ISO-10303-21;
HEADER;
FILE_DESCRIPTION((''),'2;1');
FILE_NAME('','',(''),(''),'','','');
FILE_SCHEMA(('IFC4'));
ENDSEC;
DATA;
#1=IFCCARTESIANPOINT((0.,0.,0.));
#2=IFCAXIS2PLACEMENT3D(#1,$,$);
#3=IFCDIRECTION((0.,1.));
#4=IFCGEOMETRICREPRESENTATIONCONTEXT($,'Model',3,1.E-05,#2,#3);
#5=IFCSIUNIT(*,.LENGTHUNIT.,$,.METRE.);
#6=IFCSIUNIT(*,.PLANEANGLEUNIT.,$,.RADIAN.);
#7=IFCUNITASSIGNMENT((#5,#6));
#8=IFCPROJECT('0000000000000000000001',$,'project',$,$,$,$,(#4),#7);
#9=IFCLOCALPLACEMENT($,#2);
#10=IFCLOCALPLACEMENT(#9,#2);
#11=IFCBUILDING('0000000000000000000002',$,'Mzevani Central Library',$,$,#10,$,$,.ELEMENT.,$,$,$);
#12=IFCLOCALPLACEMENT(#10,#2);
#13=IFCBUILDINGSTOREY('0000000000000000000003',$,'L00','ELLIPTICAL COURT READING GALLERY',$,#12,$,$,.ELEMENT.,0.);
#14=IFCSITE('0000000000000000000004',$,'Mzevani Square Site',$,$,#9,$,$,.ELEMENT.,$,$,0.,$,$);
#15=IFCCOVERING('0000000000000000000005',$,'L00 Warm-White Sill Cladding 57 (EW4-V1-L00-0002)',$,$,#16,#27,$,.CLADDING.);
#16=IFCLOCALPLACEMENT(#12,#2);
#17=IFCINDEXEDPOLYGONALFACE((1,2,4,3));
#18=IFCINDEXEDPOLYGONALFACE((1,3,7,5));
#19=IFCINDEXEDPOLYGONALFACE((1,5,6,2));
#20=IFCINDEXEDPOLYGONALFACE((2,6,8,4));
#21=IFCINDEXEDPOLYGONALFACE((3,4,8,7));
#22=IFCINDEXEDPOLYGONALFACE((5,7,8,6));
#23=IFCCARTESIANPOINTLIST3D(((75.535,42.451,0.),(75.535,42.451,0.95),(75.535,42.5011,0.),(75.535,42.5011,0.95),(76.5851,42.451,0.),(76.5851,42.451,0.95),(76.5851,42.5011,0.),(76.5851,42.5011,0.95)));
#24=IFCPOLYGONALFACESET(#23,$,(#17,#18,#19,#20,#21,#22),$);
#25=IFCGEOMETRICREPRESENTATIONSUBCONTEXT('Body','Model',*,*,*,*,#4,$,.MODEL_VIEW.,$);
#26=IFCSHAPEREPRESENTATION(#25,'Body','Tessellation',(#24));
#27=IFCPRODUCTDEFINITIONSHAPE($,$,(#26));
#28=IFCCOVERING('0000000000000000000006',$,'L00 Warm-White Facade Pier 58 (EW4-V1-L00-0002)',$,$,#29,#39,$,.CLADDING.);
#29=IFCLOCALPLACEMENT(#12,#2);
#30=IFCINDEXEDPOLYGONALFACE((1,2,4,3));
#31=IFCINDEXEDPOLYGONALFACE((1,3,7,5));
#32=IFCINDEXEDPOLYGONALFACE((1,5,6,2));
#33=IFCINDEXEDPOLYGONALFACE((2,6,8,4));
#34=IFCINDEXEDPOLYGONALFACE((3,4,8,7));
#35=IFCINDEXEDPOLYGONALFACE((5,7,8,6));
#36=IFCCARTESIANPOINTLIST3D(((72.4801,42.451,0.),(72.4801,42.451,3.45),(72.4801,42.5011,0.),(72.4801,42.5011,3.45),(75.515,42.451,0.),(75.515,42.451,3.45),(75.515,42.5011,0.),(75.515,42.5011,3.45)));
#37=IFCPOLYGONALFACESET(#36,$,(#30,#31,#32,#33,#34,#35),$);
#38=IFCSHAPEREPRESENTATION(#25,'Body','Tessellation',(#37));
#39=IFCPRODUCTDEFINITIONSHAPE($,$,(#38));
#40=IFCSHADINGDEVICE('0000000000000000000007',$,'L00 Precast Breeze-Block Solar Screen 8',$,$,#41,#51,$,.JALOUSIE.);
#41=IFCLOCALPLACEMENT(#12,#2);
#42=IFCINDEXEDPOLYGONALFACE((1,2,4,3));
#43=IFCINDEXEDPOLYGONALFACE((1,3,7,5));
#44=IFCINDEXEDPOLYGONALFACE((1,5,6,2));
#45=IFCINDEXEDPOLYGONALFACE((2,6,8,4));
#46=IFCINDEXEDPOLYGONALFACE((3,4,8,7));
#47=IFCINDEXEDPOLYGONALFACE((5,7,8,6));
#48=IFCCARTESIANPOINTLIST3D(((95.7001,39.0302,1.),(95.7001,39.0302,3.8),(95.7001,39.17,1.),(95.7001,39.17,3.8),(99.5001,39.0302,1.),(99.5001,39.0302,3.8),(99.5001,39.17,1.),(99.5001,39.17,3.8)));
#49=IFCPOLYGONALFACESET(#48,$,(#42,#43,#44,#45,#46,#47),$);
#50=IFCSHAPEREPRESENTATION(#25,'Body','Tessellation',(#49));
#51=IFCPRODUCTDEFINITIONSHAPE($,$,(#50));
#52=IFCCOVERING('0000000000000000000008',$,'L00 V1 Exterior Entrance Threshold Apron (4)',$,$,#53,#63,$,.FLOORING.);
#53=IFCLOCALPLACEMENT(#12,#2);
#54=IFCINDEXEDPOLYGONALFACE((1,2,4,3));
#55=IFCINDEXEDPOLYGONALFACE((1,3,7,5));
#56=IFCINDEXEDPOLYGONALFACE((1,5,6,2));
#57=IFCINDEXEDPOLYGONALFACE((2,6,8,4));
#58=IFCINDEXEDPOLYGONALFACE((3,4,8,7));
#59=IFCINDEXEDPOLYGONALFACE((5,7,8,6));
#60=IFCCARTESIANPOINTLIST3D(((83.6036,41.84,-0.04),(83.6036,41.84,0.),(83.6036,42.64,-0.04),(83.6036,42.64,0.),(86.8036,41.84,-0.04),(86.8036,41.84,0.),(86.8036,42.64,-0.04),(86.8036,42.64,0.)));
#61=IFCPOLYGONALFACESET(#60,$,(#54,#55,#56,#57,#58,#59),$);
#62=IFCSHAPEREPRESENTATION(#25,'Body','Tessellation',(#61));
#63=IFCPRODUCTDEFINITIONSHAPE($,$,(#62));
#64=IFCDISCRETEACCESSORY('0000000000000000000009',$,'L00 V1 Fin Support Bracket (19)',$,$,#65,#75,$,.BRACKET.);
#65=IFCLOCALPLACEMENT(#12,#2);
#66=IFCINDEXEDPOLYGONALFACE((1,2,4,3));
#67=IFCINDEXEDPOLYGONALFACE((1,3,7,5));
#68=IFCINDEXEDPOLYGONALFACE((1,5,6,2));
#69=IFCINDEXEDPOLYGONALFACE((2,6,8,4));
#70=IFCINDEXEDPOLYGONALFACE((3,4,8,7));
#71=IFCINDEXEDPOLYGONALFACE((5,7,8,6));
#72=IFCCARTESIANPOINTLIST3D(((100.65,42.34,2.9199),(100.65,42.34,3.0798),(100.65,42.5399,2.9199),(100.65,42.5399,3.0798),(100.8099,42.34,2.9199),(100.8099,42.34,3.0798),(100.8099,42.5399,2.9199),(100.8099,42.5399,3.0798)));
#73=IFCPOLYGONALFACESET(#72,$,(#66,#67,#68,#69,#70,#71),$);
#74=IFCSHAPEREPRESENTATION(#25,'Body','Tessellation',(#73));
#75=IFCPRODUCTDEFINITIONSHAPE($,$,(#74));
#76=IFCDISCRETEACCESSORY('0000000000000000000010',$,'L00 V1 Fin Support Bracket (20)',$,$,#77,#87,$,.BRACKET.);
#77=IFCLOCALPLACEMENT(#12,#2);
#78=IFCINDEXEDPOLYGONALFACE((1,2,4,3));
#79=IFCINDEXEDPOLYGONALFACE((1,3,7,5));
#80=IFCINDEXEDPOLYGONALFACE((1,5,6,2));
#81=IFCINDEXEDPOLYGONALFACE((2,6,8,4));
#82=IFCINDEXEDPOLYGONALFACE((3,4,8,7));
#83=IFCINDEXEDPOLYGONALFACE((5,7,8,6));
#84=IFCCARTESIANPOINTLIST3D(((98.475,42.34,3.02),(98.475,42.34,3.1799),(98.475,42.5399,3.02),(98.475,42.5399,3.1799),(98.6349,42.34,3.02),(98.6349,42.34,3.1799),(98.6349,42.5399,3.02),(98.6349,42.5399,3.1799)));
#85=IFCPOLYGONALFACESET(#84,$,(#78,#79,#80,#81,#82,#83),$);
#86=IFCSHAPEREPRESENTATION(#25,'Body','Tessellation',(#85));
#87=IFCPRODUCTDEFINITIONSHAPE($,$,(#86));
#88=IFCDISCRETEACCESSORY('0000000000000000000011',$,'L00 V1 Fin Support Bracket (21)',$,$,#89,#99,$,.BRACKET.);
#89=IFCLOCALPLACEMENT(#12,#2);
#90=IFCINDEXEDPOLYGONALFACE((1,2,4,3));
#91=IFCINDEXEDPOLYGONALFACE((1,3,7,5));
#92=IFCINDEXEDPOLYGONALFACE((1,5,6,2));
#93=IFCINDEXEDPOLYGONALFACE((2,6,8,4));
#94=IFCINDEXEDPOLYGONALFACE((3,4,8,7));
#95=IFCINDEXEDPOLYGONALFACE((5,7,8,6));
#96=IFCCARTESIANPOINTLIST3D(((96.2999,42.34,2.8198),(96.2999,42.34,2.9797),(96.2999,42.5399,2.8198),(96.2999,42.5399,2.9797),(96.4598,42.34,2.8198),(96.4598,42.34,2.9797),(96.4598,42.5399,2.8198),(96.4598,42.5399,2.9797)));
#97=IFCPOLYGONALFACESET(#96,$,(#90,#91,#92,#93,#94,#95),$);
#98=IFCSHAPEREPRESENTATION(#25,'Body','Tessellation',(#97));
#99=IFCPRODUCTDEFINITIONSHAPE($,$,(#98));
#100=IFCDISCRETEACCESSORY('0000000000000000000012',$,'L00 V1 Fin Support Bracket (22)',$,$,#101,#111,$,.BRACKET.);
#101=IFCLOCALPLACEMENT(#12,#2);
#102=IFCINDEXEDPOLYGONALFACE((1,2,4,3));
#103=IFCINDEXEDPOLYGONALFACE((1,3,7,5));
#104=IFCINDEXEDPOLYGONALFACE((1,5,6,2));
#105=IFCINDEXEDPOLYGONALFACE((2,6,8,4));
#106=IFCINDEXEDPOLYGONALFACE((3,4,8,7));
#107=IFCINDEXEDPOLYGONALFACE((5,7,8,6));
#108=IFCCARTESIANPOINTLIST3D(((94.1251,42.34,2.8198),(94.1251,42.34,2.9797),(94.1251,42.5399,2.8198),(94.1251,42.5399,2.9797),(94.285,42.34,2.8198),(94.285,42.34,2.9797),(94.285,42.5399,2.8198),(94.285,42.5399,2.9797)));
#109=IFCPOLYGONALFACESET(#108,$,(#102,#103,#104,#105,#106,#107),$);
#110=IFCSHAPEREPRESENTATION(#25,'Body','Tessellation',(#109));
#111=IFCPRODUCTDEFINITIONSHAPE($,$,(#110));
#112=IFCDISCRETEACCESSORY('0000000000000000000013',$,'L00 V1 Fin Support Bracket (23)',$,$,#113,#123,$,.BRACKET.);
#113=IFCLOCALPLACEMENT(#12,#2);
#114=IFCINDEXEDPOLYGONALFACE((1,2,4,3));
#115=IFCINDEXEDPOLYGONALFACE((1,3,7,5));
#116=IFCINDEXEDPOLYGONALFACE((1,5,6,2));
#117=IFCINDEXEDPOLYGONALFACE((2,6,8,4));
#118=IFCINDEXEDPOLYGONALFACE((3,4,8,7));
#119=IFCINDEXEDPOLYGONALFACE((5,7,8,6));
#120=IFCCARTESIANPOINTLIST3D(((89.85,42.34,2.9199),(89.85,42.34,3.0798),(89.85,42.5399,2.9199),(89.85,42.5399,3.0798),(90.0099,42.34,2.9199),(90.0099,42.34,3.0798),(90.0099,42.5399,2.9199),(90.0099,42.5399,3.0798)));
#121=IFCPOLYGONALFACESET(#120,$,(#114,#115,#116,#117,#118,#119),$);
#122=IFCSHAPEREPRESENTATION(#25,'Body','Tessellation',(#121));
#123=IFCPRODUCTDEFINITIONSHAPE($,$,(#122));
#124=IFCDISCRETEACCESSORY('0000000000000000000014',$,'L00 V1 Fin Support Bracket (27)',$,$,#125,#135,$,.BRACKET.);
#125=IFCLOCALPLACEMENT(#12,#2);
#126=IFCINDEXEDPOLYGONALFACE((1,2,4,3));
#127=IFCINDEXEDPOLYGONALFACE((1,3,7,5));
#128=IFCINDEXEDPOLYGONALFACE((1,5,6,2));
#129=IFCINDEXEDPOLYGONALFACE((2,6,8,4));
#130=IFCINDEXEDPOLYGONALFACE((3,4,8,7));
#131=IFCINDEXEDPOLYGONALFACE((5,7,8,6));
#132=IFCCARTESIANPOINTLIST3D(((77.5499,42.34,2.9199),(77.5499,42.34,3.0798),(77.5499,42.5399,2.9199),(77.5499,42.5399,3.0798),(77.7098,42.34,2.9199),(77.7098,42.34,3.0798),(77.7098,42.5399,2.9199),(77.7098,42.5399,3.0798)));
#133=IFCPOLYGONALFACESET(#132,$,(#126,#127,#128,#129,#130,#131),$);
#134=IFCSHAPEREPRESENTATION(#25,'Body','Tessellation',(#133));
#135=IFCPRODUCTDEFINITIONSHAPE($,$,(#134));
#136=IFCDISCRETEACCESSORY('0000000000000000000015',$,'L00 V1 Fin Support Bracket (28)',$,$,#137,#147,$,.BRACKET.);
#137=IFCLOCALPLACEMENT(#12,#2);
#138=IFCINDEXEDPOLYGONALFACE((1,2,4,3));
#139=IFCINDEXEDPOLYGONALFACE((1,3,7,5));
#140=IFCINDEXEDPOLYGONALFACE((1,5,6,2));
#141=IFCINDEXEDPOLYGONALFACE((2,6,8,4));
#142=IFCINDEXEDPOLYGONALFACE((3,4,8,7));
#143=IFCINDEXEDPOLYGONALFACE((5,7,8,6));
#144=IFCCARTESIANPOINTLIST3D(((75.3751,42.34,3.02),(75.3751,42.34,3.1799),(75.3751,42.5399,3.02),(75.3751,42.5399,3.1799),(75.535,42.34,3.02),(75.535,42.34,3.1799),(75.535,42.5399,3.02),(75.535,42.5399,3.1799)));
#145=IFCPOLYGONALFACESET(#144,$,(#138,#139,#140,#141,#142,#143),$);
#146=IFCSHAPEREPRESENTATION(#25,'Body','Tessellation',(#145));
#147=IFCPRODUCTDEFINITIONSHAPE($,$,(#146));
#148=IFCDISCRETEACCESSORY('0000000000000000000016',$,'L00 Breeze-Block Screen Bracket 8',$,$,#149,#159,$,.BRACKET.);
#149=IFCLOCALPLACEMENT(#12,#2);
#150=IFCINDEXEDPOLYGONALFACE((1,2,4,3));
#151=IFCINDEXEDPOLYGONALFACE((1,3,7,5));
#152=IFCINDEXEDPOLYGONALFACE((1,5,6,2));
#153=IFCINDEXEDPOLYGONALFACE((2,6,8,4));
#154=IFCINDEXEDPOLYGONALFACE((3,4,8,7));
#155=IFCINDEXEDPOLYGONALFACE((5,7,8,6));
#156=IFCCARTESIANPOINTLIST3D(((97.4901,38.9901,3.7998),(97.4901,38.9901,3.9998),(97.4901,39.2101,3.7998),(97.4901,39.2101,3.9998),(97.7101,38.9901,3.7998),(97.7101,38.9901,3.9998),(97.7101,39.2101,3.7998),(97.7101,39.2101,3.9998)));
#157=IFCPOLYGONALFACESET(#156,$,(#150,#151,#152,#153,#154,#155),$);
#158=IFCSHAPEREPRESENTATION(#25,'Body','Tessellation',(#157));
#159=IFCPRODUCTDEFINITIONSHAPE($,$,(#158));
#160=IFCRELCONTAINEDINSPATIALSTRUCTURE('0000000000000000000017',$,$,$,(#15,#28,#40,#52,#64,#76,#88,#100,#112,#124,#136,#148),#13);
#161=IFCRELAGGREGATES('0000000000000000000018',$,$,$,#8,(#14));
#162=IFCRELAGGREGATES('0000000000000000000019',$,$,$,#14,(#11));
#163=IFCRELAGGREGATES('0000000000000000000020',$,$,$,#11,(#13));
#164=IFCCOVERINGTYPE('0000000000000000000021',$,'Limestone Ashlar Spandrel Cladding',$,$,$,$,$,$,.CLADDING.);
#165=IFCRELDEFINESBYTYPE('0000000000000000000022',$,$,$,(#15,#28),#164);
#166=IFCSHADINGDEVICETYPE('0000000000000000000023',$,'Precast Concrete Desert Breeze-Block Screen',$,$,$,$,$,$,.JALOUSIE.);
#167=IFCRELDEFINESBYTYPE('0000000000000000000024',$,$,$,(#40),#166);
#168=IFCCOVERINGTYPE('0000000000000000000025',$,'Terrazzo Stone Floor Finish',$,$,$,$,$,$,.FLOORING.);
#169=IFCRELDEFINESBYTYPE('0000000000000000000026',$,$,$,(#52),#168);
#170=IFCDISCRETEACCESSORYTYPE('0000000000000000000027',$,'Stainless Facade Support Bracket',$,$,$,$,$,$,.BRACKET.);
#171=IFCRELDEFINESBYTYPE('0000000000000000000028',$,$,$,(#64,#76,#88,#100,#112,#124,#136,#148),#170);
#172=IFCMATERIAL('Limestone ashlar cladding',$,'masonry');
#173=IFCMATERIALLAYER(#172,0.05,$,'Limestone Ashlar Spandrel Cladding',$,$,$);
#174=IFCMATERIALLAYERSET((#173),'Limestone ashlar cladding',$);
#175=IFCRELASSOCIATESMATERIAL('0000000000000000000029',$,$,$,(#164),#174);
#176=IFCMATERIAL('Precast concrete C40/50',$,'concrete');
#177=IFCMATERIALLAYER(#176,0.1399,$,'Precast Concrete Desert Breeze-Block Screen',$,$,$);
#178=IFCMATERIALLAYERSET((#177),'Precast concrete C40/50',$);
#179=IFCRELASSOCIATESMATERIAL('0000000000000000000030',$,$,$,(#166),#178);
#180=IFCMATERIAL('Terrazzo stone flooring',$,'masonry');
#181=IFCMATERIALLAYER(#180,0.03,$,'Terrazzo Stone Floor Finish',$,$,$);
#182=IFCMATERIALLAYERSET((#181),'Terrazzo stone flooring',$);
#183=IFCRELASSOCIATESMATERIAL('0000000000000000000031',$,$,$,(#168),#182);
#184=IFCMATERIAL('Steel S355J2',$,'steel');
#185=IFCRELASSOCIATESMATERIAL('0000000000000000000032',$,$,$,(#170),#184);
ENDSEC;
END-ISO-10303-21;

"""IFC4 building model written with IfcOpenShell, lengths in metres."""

from ifc_helpers import new_model, si_unit, direction, frame, origin, origin_2d, place, context, subcontext, project, spatial, rectangle, extrude, material, layer, layer_set, type_object, element, save


model = new_model("IFC4")

# Units and contexts
model_context = context("Model", 3, precision=1e-05, world=origin(), true_north=direction((0.0, 1.0)))
body_context = subcontext(model_context, "Body", "Model", "MODEL_VIEW")
ifc_project = project(units=[si_unit("LENGTHUNIT", "METRE"), si_unit("PLANEANGLEUNIT", "RADIAN")], contexts=[model_context])

# Site, building, storey
site_placement = place(None, origin())
site = spatial("IfcSite", under=ifc_project, at=site_placement, Name="Mzevani Square Site", CompositionType="ELEMENT", RefElevation=0.0)
building_placement = place(site_placement, origin())
building = spatial("IfcBuilding", under=site, at=building_placement, Name="Mzevani Central Library", CompositionType="ELEMENT")
storey_placement = place(building_placement, origin())
storey = spatial("IfcBuildingStorey", under=building, at=storey_placement, Name="L00", Description="ELLIPTICAL COURT READING GALLERY", CompositionType="ELEMENT", Elevation=0.0)

# Shared definitions
ifc_material_1 = material(Name="Precast concrete C40/50", Category="concrete")

# Shared definitions
ifc_material_2 = material(Name="Steel S355J2", Category="steel")

# Coverings
ifc_material_3 = material(Name="Limestone ashlar cladding", Category="masonry")
ifc_layer_1 = layer(ifc_material_3, 0.05, Name="Limestone Ashlar Spandrel Cladding")
ifc_layer_set_1 = layer_set([ifc_layer_1], Name="Limestone ashlar cladding")
covering_type_1 = type_object("IfcCoveringType", Name="Limestone Ashlar Spandrel Cladding", PredefinedType="CLADDING", material=ifc_layer_set_1)
covering_1_placement = place(storey_placement, frame((76.0601, 42.4761, 0.0), z_axis=(0.0, 0.0, 1.0), x_axis=(-1.0, 0.0, 0.0)))
element("IfcCovering", 1, at=covering_1_placement, inside=storey, type_object=covering_type_1, Name="L00 Warm-White Sill Cladding 57 (EW4-V1-L00-0002)", PredefinedType="CLADDING", context=body_context, shape_type="SweptSolid", body=[
    extrude(rectangle(XDim=1.05, YDim=0.05, at=origin_2d()), origin(), (0.0, 0.0, 1.0), 0.95),
])
covering_2_placement = place(storey_placement, frame((73.9976, 42.4761, 0.0), z_axis=(0.0, 0.0, 1.0), x_axis=(-1.0, 0.0, 0.0)))
element("IfcCovering", 2, at=covering_2_placement, inside=storey, type_object=covering_type_1, Name="L00 Warm-White Facade Pier 58 (EW4-V1-L00-0002)", PredefinedType="CLADDING", context=body_context, shape_type="SweptSolid", body=[
    extrude(rectangle(XDim=3.0349, YDim=0.05, at=origin_2d()), origin(), (0.0, 0.0, 1.0), 3.45),
])

# Shading device
ifc_layer_2 = layer(ifc_material_1, 0.1399, Name="Precast Concrete Desert Breeze-Block Screen")
ifc_layer_set_2 = layer_set([ifc_layer_2], Name="Precast concrete C40/50")
shading_device_type_1 = type_object("IfcShadingDeviceType", Name="Precast Concrete Desert Breeze-Block Screen", PredefinedType="JALOUSIE", material=ifc_layer_set_2)
shading_device_1_placement = place(storey_placement, frame((97.6001, 39.1001, 1.0), z_axis=(0.0, 0.0, 1.0), x_axis=(1.0, 0.0, 0.0)))
element("IfcShadingDevice", 3, at=shading_device_1_placement, inside=storey, type_object=shading_device_type_1, Name="L00 Precast Breeze-Block Solar Screen 8", PredefinedType="JALOUSIE", context=body_context, shape_type="SweptSolid", body=[
    extrude(rectangle(XDim=3.8, YDim=0.1399, at=origin_2d()), origin(), (0.0, 0.0, 1.0), 2.8),
])

# Covering
ifc_material_4 = material(Name="Terrazzo stone flooring", Category="masonry")
ifc_layer_3 = layer(ifc_material_4, 0.03, Name="Terrazzo Stone Floor Finish")
ifc_layer_set_3 = layer_set([ifc_layer_3], Name="Terrazzo stone flooring")
covering_type_2 = type_object("IfcCoveringType", Name="Terrazzo Stone Floor Finish", PredefinedType="FLOORING", material=ifc_layer_set_3)
covering_3_placement = place(storey_placement, frame((85.2036, 42.24, -0.04), z_axis=(0.0, 0.0, 1.0), x_axis=(-1.0, 0.0, 0.0)))
element("IfcCovering", 4, at=covering_3_placement, inside=storey, type_object=covering_type_2, Name="L00 V1 Exterior Entrance Threshold Apron (4)", PredefinedType="FLOORING", context=body_context, shape_type="SweptSolid", body=[
    extrude(rectangle(XDim=3.2, YDim=0.8, at=origin_2d()), origin(), (0.0, 0.0, 1.0), 0.04),
])

# Discrete accessories
discrete_accessory_type = type_object("IfcDiscreteAccessoryType", Name="Stainless Facade Support Bracket", PredefinedType="BRACKET", material=ifc_material_2)
for number, where, z_axis, x_axis, name in (
    (5, (100.73, 42.4399, 2.9199), (0.0, 0.0, 1.0), (-1.0, 0.0, 0.0), "L00 V1 Fin Support Bracket (19)"),
    (6, (98.5549, 42.4399, 3.02), (0.0, 0.0, 1.0), (-1.0, 0.0, 0.0), "L00 V1 Fin Support Bracket (20)"),
    (7, (96.3799, 42.4399, 2.8198), (0.0, 0.0, 1.0), (-1.0, 0.0, 0.0), "L00 V1 Fin Support Bracket (21)"),
    (8, (94.2051, 42.4399, 2.8198), (0.0, 0.0, 1.0), (-1.0, 0.0, 0.0), "L00 V1 Fin Support Bracket (22)"),
    (9, (89.9299, 42.4399, 2.9199), (0.0, 0.0, 1.0), (-1.0, 0.0, 0.0), "L00 V1 Fin Support Bracket (23)"),
    (10, (77.6299, 42.4399, 2.9199), (0.0, 0.0, 1.0), (-1.0, 0.0, 0.0), "L00 V1 Fin Support Bracket (27)"),
    (11, (75.4551, 42.4399, 3.02), (0.0, 0.0, 1.0), (-1.0, 0.0, 0.0), "L00 V1 Fin Support Bracket (28)"),
):
    element("IfcDiscreteAccessory", number, at=place(storey_placement, frame(where, z_axis=z_axis, x_axis=x_axis)), inside=storey, type_object=discrete_accessory_type, Name=name, PredefinedType="BRACKET", context=body_context, shape_type="SweptSolid", body=[
        extrude(rectangle(XDim=0.1599, YDim=0.2, at=origin_2d()), origin(), (0.0, 0.0, 1.0), 0.1599),
    ])
discrete_accessory_placement = place(storey_placement, frame((97.6001, 39.1001, 3.7998), z_axis=(0.0, 0.0, 1.0), x_axis=(1.0, 0.0, 0.0)))
element("IfcDiscreteAccessory", 12, at=discrete_accessory_placement, inside=storey, type_object=discrete_accessory_type, Name="L00 Breeze-Block Screen Bracket 8", PredefinedType="BRACKET", context=body_context, shape_type="SweptSolid", body=[
    extrude(rectangle(XDim=0.22, YDim=0.22, at=origin_2d()), origin(), (0.0, 0.0, 1.0), 0.2),
])

save(model, "model.ifc")
